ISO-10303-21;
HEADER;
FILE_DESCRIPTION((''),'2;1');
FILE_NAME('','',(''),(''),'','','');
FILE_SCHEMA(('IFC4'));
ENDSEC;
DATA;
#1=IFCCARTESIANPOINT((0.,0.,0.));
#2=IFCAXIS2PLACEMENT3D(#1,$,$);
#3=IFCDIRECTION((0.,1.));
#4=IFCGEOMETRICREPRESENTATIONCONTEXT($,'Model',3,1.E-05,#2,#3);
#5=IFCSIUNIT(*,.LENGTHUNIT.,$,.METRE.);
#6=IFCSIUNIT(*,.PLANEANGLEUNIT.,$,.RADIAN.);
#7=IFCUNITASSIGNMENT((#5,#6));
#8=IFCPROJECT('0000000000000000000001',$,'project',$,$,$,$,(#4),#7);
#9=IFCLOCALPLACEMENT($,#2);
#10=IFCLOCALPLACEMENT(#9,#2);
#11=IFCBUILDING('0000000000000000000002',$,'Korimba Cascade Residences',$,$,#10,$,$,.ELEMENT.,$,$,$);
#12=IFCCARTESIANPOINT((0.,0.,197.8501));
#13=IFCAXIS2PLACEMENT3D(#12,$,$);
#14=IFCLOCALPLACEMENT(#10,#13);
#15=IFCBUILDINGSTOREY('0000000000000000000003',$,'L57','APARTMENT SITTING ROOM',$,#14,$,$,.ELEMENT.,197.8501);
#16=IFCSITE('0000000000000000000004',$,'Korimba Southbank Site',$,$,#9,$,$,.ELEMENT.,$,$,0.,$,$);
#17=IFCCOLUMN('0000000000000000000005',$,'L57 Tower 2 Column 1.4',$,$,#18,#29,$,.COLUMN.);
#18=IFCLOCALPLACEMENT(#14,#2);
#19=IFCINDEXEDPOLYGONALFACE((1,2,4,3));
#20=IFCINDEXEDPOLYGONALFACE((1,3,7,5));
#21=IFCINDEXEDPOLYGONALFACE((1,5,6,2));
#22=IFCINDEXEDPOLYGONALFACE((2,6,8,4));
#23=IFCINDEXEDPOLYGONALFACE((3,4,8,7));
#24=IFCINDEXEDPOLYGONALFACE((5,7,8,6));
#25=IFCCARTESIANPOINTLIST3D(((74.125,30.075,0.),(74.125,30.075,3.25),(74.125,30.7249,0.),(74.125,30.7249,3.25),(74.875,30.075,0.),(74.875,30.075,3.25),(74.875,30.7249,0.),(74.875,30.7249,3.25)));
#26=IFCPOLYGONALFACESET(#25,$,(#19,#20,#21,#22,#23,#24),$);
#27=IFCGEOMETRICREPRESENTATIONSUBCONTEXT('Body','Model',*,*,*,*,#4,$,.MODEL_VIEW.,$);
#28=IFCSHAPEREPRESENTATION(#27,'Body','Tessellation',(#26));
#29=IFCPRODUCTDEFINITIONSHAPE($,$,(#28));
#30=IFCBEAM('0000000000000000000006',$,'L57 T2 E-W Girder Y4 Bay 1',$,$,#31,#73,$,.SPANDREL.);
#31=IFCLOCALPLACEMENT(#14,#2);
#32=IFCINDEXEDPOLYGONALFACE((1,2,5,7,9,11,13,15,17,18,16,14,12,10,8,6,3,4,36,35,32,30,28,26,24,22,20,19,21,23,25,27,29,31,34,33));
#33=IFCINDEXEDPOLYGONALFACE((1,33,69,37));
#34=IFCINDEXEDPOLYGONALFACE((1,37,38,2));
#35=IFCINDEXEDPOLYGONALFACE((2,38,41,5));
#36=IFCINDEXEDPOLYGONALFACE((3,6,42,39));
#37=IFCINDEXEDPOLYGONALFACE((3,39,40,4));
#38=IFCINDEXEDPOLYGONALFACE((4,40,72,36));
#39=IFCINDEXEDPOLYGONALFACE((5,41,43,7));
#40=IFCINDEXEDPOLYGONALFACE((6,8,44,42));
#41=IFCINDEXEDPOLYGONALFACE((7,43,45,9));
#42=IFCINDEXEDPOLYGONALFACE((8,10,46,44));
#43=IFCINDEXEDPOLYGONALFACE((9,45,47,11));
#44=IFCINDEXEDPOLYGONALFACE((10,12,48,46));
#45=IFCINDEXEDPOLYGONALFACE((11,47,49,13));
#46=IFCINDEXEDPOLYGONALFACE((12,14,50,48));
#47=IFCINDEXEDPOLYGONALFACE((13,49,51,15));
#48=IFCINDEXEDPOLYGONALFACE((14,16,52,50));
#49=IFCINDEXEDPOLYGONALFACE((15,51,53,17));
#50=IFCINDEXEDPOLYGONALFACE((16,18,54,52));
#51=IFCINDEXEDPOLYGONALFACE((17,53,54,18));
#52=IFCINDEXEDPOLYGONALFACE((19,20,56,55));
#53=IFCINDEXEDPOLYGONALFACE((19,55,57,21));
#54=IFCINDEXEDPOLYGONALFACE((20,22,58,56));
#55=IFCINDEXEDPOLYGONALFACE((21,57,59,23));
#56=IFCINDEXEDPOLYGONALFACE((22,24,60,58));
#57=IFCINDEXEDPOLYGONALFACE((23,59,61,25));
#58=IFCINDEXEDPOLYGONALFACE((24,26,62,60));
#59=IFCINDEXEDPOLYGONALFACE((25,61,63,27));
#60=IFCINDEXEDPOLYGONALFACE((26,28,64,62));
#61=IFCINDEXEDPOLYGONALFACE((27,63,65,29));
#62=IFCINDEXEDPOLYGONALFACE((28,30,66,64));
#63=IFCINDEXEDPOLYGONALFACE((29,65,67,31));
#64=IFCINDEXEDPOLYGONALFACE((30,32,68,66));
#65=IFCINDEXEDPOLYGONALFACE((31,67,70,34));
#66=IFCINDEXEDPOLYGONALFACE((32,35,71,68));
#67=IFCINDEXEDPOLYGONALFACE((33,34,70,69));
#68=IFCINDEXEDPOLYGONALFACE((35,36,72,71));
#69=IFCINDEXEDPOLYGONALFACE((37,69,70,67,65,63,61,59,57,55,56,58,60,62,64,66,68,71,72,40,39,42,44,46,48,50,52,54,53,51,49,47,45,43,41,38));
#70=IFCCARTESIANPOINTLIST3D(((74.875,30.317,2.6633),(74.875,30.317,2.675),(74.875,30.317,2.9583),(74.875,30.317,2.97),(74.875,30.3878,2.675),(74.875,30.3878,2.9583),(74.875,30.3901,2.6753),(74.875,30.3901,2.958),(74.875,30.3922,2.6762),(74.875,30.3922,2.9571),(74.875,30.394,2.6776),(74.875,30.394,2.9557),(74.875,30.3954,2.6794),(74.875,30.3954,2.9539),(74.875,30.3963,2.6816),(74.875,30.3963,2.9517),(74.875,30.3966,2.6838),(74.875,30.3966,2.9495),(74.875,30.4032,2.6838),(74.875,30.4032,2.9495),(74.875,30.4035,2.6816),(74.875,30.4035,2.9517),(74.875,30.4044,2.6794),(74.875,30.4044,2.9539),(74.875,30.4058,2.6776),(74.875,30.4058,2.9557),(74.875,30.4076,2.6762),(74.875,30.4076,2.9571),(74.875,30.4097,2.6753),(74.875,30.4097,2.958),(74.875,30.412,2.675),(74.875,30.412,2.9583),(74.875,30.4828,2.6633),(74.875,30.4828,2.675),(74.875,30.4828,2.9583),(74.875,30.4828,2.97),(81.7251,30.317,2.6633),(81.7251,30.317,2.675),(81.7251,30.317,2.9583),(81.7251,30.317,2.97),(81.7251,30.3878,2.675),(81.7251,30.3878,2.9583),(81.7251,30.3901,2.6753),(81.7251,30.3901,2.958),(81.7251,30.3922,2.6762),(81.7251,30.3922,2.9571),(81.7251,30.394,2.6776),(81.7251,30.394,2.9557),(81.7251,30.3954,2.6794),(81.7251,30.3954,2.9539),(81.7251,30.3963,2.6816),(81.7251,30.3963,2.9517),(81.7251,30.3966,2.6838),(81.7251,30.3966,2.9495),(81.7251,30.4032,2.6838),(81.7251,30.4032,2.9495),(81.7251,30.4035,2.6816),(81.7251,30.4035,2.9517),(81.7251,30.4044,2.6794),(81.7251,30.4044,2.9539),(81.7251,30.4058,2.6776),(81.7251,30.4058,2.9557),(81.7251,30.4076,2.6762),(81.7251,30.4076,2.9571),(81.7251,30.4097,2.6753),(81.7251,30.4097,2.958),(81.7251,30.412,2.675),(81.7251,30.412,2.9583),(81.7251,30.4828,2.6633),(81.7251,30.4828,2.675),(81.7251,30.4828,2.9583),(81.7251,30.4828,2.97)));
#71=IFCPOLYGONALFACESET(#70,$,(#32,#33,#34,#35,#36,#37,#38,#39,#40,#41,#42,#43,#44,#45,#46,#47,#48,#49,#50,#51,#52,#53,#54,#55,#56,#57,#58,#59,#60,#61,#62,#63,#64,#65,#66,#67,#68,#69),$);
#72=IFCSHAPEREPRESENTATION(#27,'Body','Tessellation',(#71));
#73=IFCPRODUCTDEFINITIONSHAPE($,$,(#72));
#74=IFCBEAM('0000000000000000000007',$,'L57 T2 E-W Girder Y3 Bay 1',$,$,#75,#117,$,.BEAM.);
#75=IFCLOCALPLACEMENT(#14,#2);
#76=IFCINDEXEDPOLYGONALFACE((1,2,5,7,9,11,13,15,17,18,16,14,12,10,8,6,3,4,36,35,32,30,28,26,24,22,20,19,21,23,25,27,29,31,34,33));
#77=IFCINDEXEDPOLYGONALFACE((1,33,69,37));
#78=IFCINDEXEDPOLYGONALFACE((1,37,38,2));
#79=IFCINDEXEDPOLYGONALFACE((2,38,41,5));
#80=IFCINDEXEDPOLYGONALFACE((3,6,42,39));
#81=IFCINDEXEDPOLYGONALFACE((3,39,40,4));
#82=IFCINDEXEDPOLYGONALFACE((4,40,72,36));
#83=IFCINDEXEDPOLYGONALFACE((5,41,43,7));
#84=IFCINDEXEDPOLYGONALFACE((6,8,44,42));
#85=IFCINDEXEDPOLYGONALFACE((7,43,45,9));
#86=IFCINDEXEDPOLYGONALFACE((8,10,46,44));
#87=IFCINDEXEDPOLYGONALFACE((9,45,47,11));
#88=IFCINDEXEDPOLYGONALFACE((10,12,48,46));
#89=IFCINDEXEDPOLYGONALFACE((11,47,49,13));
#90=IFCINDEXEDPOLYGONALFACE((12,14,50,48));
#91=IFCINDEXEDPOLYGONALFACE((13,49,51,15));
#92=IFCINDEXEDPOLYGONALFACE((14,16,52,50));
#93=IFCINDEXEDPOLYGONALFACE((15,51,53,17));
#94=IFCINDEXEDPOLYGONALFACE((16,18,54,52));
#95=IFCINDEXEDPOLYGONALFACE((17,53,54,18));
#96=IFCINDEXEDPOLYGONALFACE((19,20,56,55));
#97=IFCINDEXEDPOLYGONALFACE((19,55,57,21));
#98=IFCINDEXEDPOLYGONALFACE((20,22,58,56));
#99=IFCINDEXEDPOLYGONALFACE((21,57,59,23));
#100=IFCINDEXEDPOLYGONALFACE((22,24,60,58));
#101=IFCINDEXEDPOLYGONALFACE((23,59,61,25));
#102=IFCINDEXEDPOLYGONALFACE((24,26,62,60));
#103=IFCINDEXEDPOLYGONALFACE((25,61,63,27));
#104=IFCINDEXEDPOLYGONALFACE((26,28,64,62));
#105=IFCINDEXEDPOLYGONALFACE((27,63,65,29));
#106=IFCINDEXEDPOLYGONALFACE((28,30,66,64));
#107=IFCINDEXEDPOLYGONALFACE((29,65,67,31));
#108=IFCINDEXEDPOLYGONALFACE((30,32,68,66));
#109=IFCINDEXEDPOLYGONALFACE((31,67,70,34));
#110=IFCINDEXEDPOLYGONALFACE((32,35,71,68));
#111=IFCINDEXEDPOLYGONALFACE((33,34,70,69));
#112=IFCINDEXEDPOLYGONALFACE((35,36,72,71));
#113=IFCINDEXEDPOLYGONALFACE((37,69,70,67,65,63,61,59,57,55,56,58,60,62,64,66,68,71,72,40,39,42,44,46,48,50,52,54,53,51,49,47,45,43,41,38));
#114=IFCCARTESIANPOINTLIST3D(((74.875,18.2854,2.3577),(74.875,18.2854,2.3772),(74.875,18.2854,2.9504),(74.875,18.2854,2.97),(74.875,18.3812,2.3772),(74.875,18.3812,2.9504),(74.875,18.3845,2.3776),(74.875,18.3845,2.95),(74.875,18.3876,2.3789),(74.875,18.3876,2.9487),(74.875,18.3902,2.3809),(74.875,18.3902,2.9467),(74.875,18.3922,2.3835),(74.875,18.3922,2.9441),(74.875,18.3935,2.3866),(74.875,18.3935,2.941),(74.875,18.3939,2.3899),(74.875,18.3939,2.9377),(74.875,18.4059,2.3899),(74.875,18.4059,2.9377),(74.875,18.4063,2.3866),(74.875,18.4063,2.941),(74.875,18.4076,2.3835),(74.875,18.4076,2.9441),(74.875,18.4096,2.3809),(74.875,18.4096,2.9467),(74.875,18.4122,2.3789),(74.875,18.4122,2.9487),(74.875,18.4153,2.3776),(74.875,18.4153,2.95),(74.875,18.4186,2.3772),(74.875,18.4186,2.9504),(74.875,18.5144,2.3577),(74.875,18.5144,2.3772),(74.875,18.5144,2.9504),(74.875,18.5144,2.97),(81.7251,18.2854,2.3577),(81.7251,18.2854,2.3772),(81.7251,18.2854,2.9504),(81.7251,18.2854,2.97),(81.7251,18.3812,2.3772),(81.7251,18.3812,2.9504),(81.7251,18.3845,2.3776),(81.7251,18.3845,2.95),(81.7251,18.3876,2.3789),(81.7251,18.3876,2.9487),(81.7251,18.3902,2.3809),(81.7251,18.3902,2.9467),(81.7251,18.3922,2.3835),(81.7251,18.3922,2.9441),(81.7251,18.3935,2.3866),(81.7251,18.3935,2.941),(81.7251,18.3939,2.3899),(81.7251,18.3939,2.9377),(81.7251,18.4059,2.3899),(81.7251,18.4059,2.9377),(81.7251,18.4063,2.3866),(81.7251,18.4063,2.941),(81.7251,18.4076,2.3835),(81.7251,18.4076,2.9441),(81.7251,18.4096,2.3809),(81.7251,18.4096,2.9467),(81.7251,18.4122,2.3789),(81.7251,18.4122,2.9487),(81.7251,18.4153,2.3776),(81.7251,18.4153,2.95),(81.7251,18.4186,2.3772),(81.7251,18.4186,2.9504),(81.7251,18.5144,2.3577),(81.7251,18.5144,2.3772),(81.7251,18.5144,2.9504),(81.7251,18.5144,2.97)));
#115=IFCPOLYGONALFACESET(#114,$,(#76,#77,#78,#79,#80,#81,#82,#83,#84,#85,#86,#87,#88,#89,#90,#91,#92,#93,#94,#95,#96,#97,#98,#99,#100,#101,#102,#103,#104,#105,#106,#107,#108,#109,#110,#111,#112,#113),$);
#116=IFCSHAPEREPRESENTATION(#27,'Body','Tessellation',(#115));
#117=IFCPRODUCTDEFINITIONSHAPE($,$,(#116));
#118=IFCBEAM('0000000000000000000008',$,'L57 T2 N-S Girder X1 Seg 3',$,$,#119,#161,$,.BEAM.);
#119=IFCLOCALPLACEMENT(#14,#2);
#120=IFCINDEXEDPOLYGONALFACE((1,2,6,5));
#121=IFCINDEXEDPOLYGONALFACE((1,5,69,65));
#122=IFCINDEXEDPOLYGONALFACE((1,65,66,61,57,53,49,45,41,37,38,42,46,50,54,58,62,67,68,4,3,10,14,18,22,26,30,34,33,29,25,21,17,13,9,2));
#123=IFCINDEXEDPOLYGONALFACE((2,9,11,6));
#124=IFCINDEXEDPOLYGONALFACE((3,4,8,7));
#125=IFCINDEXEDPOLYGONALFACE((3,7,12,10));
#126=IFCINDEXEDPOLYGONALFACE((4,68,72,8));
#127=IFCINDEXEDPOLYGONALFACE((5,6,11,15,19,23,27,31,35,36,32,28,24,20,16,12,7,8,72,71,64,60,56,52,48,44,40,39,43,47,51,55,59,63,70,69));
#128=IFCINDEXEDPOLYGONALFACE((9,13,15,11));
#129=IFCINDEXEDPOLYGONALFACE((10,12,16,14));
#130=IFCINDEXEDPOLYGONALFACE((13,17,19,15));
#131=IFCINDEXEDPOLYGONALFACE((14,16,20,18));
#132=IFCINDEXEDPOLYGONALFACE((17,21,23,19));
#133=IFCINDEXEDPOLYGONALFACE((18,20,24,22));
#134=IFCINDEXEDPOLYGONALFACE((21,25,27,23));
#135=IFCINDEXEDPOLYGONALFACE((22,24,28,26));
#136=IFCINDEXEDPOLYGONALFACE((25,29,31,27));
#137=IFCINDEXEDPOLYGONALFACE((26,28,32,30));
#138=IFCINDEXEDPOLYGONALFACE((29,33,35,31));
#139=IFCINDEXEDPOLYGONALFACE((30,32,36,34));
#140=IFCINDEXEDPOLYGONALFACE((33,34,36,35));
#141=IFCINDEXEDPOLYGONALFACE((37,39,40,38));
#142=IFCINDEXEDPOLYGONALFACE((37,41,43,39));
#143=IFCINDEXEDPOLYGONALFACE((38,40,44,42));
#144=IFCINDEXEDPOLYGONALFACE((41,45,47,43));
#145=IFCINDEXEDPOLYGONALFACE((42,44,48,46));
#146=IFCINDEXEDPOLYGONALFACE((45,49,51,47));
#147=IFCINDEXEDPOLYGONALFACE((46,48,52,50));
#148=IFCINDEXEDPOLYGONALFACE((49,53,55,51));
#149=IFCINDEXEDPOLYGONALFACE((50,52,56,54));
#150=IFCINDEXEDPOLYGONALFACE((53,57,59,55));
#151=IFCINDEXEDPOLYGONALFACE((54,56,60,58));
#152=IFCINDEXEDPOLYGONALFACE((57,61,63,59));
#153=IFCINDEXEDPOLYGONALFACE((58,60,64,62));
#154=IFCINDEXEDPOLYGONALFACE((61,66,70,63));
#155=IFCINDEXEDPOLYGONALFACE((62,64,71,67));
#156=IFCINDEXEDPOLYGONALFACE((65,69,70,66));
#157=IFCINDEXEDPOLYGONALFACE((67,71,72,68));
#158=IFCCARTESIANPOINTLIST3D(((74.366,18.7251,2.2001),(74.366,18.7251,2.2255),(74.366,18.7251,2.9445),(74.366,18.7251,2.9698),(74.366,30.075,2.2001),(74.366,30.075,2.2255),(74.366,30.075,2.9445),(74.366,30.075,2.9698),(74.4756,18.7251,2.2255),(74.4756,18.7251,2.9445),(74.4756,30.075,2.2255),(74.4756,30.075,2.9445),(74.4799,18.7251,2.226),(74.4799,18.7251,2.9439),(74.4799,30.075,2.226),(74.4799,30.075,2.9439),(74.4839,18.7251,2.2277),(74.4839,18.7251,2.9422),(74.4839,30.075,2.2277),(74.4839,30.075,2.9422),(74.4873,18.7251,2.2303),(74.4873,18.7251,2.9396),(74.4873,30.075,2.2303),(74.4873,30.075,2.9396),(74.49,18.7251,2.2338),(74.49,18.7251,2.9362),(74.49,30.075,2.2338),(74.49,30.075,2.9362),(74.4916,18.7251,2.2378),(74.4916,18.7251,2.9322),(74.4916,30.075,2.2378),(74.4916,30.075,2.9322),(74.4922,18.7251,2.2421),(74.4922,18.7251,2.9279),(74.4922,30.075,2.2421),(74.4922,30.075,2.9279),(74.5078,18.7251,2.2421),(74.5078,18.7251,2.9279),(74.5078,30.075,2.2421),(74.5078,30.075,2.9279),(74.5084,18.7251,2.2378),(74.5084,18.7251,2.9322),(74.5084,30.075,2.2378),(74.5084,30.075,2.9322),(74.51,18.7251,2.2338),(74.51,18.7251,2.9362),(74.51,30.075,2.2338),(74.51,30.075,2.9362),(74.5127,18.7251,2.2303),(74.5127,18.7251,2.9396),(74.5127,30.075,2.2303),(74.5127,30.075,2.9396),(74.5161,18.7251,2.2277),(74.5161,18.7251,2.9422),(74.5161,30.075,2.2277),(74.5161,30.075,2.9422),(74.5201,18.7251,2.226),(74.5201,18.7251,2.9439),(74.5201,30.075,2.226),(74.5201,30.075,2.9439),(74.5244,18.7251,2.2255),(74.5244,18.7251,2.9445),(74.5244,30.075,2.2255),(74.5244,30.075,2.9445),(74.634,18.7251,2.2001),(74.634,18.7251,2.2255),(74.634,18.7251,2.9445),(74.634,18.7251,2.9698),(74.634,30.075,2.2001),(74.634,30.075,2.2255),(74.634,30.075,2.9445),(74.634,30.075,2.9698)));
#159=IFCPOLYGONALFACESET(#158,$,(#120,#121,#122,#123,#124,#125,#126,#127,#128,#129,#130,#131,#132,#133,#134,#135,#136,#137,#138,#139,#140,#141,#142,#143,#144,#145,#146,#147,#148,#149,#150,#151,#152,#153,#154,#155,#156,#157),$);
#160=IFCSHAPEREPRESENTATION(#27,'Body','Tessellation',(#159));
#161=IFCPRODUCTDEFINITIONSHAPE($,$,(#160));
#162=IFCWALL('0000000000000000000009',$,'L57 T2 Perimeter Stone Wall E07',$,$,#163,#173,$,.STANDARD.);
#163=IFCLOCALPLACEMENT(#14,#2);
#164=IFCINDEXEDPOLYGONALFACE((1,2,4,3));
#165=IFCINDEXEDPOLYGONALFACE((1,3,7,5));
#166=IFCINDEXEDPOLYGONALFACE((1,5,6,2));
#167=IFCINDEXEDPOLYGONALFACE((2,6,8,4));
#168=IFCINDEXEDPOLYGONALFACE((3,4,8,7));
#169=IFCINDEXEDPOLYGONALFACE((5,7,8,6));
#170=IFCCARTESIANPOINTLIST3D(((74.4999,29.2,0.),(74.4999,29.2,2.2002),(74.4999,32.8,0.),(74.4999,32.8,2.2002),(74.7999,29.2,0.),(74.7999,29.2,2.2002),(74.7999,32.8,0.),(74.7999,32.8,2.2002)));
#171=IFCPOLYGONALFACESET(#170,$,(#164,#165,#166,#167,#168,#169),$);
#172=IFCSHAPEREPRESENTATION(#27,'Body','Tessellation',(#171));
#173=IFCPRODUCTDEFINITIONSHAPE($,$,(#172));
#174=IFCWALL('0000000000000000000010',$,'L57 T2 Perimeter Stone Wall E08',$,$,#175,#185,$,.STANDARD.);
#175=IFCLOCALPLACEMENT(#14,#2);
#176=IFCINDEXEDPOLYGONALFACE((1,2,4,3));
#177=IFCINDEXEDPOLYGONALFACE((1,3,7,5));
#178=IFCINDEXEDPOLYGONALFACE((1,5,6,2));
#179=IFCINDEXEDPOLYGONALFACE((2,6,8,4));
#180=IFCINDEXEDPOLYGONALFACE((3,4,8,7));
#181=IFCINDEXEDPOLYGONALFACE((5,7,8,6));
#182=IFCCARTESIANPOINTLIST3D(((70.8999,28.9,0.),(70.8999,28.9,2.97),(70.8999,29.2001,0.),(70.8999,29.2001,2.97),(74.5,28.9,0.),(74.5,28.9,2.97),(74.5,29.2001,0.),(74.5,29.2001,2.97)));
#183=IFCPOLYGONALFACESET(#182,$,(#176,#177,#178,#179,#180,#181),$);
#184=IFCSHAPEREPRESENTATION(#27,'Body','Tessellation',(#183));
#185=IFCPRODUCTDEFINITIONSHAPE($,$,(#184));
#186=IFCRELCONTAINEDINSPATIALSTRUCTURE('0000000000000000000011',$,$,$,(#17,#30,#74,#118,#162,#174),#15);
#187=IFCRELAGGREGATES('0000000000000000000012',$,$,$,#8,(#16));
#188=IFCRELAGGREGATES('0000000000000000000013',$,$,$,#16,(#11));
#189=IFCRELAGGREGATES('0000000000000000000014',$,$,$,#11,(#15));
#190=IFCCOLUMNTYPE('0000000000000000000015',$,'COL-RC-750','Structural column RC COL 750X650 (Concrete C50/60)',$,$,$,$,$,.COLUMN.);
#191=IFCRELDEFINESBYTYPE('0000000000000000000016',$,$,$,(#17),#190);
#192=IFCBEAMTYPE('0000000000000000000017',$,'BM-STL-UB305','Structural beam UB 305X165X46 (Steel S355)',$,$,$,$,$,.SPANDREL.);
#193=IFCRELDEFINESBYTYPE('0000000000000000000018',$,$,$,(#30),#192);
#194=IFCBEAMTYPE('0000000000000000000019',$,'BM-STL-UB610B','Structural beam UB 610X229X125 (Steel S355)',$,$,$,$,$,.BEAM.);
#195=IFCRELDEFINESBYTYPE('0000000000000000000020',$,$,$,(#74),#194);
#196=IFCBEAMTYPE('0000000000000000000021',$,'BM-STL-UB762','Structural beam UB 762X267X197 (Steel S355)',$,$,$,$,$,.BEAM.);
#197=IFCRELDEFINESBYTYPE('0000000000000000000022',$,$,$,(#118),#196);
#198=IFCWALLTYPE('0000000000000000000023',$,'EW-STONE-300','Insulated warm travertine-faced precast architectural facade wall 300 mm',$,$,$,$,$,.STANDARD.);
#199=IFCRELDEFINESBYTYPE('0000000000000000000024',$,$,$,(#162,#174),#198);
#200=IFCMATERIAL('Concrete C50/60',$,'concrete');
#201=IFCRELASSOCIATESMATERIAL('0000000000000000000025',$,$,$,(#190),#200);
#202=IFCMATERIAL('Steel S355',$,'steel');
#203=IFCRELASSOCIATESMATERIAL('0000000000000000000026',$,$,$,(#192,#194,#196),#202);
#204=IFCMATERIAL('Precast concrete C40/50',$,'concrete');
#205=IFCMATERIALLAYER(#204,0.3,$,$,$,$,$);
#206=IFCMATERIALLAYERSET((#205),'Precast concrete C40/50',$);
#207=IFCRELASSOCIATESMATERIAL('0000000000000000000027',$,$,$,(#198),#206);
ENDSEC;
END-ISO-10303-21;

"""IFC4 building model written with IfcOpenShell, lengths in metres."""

from ifc_helpers import new_model, si_unit, direction, frame, frame_2d, origin, origin_2d, place, context, subcontext, project, spatial, rectangle, i_section, extrude, material, layer, layer_set, material_profile, profile_set, type_object, element, save


model = new_model("IFC4")

# Units and contexts
model_context = context("Model", 3, precision=1e-05, world=origin(), true_north=direction((0.0, 1.0)))
body_context = subcontext(model_context, "Body", "Model", "MODEL_VIEW")
ifc_project = project(units=[si_unit("LENGTHUNIT", "METRE"), si_unit("PLANEANGLEUNIT", "RADIAN")], contexts=[model_context])

# Site, building, storey
site_placement = place(None, origin())
site = spatial("IfcSite", under=ifc_project, at=site_placement, Name="Korimba Southbank Site", CompositionType="ELEMENT", RefElevation=0.0)
building_placement = place(site_placement, origin())
building = spatial("IfcBuilding", under=site, at=building_placement, Name="Korimba Cascade Residences", CompositionType="ELEMENT")
storey_placement = place(building_placement, frame((0.0, 0.0, 197.8501)))
storey = spatial("IfcBuildingStorey", under=building, at=storey_placement, Name="L57", Description="APARTMENT SITTING ROOM", CompositionType="ELEMENT", Elevation=197.8501)

# Column
ifc_material_1 = material(Name="Concrete C50/60", Category="concrete")
ifc_material_profile_1 = material_profile(ifc_material_1, rectangle(XDim=0.75, YDim=0.6499, at=origin_2d()), Name="Concrete C50/60")
ifc_profile_set_1 = profile_set([ifc_material_profile_1], Name="Concrete C50/60")
column_type = type_object("IfcColumnType", Name="COL-RC-750", Description="Structural column RC COL 750X650 (Concrete C50/60)", PredefinedType="COLUMN", material=ifc_profile_set_1)
column_placement = place(storey_placement, frame((74.5, 30.3999, 0.0), z_axis=(0.0, 0.0, 1.0), x_axis=(1.0, 0.0, 0.0)))
element("IfcColumn", 1, at=column_placement, inside=storey, type_object=column_type, Name="L57 Tower 2 Column 1.4", PredefinedType="COLUMN", context=body_context, shape_type="SweptSolid", body=[
    extrude(rectangle(XDim=0.75, YDim=0.6499, at=origin_2d()), origin(), (0.0, 0.0, 1.0), 3.25),
])

# Beams
ifc_material_2 = material(Name="Steel S355", Category="steel")
ifc_material_profile_2 = material_profile(ifc_material_2, i_section(OverallWidth=0.1658, OverallDepth=0.3066, WebThickness=0.0066, FlangeThickness=0.0117, FilletRadius=0.0088, at=origin_2d()), Name="Steel S355")
ifc_profile_set_2 = profile_set([ifc_material_profile_2], Name="Steel S355")
beam_type_1 = type_object("IfcBeamType", Name="BM-STL-UB305", Description="Structural beam UB 305X165X46 (Steel S355)", PredefinedType="SPANDREL", material=ifc_profile_set_2)
beam_1_placement = place(storey_placement, frame((74.875, 30.3999, 2.8167), z_axis=(1.0, 0.0, 0.0), x_axis=(0.0, 1.0, 0.0)))
element("IfcBeam", 2, at=beam_1_placement, inside=storey, type_object=beam_type_1, Name="L57 T2 E-W Girder Y4 Bay 1", PredefinedType="SPANDREL", context=body_context, shape_type="SweptSolid", body=[
    extrude(i_section(OverallWidth=0.1658, OverallDepth=0.3066, WebThickness=0.0066, FlangeThickness=0.0117, FilletRadius=0.0088, at=origin_2d()), origin(), (0.0, 0.0, 1.0), 6.8501),
])
ifc_material_profile_3 = material_profile(ifc_material_2, i_section(OverallWidth=0.229, OverallDepth=0.6123, WebThickness=0.012, FlangeThickness=0.0195, FilletRadius=0.0127, at=origin_2d()), Name="Steel S355")
ifc_profile_set_3 = profile_set([ifc_material_profile_3], Name="Steel S355")
beam_type_2 = type_object("IfcBeamType", Name="BM-STL-UB610B", Description="Structural beam UB 610X229X125 (Steel S355)", PredefinedType="BEAM", material=ifc_profile_set_3)
beam_2_placement = place(storey_placement, frame((74.875, 18.3999, 2.6638), z_axis=(1.0, 0.0, 0.0), x_axis=(0.0, 1.0, 0.0)))
element("IfcBeam", 3, at=beam_2_placement, inside=storey, type_object=beam_type_2, Name="L57 T2 E-W Girder Y3 Bay 1", PredefinedType="BEAM", context=body_context, shape_type="SweptSolid", body=[
    extrude(i_section(OverallWidth=0.229, OverallDepth=0.6123, WebThickness=0.012, FlangeThickness=0.0195, FilletRadius=0.0127, at=origin_2d()), origin(), (0.0, 0.0, 1.0), 6.8501),
])
ifc_material_profile_4 = material_profile(ifc_material_2, i_section(OverallWidth=0.2681, OverallDepth=0.7698, WebThickness=0.0156, FlangeThickness=0.0254, FilletRadius=0.0166, at=origin_2d()), Name="Steel S355")
ifc_profile_set_4 = profile_set([ifc_material_profile_4], Name="Steel S355")
beam_type_3 = type_object("IfcBeamType", Name="BM-STL-UB762", Description="Structural beam UB 762X267X197 (Steel S355)", PredefinedType="BEAM", material=ifc_profile_set_4)
beam_3_placement = place(storey_placement, frame((74.5, 18.7251, 2.585), z_axis=(0.0, 1.0, 0.0), x_axis=(-1.0, 0.0, 0.0)))
element("IfcBeam", 4, at=beam_3_placement, inside=storey, type_object=beam_type_3, Name="L57 T2 N-S Girder X1 Seg 3", PredefinedType="BEAM", context=body_context, shape_type="SweptSolid", body=[
    extrude(i_section(OverallWidth=0.2681, OverallDepth=0.7698, WebThickness=0.0156, FlangeThickness=0.0254, FilletRadius=0.0166, at=origin_2d()), origin(), (0.0, 0.0, 1.0), 11.3499),
])

# Walls
ifc_material_3 = material(Name="Precast concrete C40/50", Category="concrete")
ifc_layer_1 = layer(ifc_material_3, 0.3)
ifc_layer_set_1 = layer_set([ifc_layer_1], Name="Precast concrete C40/50")
wall_type_1 = type_object("IfcWallType", Name="EW-STONE-300", Description="Insulated warm travertine-faced precast architectural facade wall 300 mm", PredefinedType="STANDARD", material=ifc_layer_set_1)
wall_1_placement = place(storey_placement, frame((74.6499, 32.8, 0.0), z_axis=(0.0, 0.0, 1.0), x_axis=(0.0, -1.0, 0.0)))
element("IfcWall", 5, at=wall_1_placement, inside=storey, type_object=wall_type_1, Name="L57 T2 Perimeter Stone Wall E07", PredefinedType="STANDARD", context=body_context, shape_type="SweptSolid", body=[
    extrude(rectangle(XDim=3.6001, YDim=0.3, at=frame_2d((1.8, 0.0))), origin(), (0.0, 0.0, 1.0), 2.2002),
])
wall_2_placement = place(storey_placement, frame((74.5, 29.05, 0.0), z_axis=(0.0, 0.0, 1.0), x_axis=(-1.0, 0.0, 0.0)))
element("IfcWall", 6, at=wall_2_placement, inside=storey, type_object=wall_type_1, Name="L57 T2 Perimeter Stone Wall E08", PredefinedType="STANDARD", context=body_context, shape_type="SweptSolid", body=[
    extrude(rectangle(XDim=3.6001, YDim=0.3, at=frame_2d((1.8, 0.0))), origin(), (0.0, 0.0, 1.0), 2.97),
])

save(model, "model.ifc")
